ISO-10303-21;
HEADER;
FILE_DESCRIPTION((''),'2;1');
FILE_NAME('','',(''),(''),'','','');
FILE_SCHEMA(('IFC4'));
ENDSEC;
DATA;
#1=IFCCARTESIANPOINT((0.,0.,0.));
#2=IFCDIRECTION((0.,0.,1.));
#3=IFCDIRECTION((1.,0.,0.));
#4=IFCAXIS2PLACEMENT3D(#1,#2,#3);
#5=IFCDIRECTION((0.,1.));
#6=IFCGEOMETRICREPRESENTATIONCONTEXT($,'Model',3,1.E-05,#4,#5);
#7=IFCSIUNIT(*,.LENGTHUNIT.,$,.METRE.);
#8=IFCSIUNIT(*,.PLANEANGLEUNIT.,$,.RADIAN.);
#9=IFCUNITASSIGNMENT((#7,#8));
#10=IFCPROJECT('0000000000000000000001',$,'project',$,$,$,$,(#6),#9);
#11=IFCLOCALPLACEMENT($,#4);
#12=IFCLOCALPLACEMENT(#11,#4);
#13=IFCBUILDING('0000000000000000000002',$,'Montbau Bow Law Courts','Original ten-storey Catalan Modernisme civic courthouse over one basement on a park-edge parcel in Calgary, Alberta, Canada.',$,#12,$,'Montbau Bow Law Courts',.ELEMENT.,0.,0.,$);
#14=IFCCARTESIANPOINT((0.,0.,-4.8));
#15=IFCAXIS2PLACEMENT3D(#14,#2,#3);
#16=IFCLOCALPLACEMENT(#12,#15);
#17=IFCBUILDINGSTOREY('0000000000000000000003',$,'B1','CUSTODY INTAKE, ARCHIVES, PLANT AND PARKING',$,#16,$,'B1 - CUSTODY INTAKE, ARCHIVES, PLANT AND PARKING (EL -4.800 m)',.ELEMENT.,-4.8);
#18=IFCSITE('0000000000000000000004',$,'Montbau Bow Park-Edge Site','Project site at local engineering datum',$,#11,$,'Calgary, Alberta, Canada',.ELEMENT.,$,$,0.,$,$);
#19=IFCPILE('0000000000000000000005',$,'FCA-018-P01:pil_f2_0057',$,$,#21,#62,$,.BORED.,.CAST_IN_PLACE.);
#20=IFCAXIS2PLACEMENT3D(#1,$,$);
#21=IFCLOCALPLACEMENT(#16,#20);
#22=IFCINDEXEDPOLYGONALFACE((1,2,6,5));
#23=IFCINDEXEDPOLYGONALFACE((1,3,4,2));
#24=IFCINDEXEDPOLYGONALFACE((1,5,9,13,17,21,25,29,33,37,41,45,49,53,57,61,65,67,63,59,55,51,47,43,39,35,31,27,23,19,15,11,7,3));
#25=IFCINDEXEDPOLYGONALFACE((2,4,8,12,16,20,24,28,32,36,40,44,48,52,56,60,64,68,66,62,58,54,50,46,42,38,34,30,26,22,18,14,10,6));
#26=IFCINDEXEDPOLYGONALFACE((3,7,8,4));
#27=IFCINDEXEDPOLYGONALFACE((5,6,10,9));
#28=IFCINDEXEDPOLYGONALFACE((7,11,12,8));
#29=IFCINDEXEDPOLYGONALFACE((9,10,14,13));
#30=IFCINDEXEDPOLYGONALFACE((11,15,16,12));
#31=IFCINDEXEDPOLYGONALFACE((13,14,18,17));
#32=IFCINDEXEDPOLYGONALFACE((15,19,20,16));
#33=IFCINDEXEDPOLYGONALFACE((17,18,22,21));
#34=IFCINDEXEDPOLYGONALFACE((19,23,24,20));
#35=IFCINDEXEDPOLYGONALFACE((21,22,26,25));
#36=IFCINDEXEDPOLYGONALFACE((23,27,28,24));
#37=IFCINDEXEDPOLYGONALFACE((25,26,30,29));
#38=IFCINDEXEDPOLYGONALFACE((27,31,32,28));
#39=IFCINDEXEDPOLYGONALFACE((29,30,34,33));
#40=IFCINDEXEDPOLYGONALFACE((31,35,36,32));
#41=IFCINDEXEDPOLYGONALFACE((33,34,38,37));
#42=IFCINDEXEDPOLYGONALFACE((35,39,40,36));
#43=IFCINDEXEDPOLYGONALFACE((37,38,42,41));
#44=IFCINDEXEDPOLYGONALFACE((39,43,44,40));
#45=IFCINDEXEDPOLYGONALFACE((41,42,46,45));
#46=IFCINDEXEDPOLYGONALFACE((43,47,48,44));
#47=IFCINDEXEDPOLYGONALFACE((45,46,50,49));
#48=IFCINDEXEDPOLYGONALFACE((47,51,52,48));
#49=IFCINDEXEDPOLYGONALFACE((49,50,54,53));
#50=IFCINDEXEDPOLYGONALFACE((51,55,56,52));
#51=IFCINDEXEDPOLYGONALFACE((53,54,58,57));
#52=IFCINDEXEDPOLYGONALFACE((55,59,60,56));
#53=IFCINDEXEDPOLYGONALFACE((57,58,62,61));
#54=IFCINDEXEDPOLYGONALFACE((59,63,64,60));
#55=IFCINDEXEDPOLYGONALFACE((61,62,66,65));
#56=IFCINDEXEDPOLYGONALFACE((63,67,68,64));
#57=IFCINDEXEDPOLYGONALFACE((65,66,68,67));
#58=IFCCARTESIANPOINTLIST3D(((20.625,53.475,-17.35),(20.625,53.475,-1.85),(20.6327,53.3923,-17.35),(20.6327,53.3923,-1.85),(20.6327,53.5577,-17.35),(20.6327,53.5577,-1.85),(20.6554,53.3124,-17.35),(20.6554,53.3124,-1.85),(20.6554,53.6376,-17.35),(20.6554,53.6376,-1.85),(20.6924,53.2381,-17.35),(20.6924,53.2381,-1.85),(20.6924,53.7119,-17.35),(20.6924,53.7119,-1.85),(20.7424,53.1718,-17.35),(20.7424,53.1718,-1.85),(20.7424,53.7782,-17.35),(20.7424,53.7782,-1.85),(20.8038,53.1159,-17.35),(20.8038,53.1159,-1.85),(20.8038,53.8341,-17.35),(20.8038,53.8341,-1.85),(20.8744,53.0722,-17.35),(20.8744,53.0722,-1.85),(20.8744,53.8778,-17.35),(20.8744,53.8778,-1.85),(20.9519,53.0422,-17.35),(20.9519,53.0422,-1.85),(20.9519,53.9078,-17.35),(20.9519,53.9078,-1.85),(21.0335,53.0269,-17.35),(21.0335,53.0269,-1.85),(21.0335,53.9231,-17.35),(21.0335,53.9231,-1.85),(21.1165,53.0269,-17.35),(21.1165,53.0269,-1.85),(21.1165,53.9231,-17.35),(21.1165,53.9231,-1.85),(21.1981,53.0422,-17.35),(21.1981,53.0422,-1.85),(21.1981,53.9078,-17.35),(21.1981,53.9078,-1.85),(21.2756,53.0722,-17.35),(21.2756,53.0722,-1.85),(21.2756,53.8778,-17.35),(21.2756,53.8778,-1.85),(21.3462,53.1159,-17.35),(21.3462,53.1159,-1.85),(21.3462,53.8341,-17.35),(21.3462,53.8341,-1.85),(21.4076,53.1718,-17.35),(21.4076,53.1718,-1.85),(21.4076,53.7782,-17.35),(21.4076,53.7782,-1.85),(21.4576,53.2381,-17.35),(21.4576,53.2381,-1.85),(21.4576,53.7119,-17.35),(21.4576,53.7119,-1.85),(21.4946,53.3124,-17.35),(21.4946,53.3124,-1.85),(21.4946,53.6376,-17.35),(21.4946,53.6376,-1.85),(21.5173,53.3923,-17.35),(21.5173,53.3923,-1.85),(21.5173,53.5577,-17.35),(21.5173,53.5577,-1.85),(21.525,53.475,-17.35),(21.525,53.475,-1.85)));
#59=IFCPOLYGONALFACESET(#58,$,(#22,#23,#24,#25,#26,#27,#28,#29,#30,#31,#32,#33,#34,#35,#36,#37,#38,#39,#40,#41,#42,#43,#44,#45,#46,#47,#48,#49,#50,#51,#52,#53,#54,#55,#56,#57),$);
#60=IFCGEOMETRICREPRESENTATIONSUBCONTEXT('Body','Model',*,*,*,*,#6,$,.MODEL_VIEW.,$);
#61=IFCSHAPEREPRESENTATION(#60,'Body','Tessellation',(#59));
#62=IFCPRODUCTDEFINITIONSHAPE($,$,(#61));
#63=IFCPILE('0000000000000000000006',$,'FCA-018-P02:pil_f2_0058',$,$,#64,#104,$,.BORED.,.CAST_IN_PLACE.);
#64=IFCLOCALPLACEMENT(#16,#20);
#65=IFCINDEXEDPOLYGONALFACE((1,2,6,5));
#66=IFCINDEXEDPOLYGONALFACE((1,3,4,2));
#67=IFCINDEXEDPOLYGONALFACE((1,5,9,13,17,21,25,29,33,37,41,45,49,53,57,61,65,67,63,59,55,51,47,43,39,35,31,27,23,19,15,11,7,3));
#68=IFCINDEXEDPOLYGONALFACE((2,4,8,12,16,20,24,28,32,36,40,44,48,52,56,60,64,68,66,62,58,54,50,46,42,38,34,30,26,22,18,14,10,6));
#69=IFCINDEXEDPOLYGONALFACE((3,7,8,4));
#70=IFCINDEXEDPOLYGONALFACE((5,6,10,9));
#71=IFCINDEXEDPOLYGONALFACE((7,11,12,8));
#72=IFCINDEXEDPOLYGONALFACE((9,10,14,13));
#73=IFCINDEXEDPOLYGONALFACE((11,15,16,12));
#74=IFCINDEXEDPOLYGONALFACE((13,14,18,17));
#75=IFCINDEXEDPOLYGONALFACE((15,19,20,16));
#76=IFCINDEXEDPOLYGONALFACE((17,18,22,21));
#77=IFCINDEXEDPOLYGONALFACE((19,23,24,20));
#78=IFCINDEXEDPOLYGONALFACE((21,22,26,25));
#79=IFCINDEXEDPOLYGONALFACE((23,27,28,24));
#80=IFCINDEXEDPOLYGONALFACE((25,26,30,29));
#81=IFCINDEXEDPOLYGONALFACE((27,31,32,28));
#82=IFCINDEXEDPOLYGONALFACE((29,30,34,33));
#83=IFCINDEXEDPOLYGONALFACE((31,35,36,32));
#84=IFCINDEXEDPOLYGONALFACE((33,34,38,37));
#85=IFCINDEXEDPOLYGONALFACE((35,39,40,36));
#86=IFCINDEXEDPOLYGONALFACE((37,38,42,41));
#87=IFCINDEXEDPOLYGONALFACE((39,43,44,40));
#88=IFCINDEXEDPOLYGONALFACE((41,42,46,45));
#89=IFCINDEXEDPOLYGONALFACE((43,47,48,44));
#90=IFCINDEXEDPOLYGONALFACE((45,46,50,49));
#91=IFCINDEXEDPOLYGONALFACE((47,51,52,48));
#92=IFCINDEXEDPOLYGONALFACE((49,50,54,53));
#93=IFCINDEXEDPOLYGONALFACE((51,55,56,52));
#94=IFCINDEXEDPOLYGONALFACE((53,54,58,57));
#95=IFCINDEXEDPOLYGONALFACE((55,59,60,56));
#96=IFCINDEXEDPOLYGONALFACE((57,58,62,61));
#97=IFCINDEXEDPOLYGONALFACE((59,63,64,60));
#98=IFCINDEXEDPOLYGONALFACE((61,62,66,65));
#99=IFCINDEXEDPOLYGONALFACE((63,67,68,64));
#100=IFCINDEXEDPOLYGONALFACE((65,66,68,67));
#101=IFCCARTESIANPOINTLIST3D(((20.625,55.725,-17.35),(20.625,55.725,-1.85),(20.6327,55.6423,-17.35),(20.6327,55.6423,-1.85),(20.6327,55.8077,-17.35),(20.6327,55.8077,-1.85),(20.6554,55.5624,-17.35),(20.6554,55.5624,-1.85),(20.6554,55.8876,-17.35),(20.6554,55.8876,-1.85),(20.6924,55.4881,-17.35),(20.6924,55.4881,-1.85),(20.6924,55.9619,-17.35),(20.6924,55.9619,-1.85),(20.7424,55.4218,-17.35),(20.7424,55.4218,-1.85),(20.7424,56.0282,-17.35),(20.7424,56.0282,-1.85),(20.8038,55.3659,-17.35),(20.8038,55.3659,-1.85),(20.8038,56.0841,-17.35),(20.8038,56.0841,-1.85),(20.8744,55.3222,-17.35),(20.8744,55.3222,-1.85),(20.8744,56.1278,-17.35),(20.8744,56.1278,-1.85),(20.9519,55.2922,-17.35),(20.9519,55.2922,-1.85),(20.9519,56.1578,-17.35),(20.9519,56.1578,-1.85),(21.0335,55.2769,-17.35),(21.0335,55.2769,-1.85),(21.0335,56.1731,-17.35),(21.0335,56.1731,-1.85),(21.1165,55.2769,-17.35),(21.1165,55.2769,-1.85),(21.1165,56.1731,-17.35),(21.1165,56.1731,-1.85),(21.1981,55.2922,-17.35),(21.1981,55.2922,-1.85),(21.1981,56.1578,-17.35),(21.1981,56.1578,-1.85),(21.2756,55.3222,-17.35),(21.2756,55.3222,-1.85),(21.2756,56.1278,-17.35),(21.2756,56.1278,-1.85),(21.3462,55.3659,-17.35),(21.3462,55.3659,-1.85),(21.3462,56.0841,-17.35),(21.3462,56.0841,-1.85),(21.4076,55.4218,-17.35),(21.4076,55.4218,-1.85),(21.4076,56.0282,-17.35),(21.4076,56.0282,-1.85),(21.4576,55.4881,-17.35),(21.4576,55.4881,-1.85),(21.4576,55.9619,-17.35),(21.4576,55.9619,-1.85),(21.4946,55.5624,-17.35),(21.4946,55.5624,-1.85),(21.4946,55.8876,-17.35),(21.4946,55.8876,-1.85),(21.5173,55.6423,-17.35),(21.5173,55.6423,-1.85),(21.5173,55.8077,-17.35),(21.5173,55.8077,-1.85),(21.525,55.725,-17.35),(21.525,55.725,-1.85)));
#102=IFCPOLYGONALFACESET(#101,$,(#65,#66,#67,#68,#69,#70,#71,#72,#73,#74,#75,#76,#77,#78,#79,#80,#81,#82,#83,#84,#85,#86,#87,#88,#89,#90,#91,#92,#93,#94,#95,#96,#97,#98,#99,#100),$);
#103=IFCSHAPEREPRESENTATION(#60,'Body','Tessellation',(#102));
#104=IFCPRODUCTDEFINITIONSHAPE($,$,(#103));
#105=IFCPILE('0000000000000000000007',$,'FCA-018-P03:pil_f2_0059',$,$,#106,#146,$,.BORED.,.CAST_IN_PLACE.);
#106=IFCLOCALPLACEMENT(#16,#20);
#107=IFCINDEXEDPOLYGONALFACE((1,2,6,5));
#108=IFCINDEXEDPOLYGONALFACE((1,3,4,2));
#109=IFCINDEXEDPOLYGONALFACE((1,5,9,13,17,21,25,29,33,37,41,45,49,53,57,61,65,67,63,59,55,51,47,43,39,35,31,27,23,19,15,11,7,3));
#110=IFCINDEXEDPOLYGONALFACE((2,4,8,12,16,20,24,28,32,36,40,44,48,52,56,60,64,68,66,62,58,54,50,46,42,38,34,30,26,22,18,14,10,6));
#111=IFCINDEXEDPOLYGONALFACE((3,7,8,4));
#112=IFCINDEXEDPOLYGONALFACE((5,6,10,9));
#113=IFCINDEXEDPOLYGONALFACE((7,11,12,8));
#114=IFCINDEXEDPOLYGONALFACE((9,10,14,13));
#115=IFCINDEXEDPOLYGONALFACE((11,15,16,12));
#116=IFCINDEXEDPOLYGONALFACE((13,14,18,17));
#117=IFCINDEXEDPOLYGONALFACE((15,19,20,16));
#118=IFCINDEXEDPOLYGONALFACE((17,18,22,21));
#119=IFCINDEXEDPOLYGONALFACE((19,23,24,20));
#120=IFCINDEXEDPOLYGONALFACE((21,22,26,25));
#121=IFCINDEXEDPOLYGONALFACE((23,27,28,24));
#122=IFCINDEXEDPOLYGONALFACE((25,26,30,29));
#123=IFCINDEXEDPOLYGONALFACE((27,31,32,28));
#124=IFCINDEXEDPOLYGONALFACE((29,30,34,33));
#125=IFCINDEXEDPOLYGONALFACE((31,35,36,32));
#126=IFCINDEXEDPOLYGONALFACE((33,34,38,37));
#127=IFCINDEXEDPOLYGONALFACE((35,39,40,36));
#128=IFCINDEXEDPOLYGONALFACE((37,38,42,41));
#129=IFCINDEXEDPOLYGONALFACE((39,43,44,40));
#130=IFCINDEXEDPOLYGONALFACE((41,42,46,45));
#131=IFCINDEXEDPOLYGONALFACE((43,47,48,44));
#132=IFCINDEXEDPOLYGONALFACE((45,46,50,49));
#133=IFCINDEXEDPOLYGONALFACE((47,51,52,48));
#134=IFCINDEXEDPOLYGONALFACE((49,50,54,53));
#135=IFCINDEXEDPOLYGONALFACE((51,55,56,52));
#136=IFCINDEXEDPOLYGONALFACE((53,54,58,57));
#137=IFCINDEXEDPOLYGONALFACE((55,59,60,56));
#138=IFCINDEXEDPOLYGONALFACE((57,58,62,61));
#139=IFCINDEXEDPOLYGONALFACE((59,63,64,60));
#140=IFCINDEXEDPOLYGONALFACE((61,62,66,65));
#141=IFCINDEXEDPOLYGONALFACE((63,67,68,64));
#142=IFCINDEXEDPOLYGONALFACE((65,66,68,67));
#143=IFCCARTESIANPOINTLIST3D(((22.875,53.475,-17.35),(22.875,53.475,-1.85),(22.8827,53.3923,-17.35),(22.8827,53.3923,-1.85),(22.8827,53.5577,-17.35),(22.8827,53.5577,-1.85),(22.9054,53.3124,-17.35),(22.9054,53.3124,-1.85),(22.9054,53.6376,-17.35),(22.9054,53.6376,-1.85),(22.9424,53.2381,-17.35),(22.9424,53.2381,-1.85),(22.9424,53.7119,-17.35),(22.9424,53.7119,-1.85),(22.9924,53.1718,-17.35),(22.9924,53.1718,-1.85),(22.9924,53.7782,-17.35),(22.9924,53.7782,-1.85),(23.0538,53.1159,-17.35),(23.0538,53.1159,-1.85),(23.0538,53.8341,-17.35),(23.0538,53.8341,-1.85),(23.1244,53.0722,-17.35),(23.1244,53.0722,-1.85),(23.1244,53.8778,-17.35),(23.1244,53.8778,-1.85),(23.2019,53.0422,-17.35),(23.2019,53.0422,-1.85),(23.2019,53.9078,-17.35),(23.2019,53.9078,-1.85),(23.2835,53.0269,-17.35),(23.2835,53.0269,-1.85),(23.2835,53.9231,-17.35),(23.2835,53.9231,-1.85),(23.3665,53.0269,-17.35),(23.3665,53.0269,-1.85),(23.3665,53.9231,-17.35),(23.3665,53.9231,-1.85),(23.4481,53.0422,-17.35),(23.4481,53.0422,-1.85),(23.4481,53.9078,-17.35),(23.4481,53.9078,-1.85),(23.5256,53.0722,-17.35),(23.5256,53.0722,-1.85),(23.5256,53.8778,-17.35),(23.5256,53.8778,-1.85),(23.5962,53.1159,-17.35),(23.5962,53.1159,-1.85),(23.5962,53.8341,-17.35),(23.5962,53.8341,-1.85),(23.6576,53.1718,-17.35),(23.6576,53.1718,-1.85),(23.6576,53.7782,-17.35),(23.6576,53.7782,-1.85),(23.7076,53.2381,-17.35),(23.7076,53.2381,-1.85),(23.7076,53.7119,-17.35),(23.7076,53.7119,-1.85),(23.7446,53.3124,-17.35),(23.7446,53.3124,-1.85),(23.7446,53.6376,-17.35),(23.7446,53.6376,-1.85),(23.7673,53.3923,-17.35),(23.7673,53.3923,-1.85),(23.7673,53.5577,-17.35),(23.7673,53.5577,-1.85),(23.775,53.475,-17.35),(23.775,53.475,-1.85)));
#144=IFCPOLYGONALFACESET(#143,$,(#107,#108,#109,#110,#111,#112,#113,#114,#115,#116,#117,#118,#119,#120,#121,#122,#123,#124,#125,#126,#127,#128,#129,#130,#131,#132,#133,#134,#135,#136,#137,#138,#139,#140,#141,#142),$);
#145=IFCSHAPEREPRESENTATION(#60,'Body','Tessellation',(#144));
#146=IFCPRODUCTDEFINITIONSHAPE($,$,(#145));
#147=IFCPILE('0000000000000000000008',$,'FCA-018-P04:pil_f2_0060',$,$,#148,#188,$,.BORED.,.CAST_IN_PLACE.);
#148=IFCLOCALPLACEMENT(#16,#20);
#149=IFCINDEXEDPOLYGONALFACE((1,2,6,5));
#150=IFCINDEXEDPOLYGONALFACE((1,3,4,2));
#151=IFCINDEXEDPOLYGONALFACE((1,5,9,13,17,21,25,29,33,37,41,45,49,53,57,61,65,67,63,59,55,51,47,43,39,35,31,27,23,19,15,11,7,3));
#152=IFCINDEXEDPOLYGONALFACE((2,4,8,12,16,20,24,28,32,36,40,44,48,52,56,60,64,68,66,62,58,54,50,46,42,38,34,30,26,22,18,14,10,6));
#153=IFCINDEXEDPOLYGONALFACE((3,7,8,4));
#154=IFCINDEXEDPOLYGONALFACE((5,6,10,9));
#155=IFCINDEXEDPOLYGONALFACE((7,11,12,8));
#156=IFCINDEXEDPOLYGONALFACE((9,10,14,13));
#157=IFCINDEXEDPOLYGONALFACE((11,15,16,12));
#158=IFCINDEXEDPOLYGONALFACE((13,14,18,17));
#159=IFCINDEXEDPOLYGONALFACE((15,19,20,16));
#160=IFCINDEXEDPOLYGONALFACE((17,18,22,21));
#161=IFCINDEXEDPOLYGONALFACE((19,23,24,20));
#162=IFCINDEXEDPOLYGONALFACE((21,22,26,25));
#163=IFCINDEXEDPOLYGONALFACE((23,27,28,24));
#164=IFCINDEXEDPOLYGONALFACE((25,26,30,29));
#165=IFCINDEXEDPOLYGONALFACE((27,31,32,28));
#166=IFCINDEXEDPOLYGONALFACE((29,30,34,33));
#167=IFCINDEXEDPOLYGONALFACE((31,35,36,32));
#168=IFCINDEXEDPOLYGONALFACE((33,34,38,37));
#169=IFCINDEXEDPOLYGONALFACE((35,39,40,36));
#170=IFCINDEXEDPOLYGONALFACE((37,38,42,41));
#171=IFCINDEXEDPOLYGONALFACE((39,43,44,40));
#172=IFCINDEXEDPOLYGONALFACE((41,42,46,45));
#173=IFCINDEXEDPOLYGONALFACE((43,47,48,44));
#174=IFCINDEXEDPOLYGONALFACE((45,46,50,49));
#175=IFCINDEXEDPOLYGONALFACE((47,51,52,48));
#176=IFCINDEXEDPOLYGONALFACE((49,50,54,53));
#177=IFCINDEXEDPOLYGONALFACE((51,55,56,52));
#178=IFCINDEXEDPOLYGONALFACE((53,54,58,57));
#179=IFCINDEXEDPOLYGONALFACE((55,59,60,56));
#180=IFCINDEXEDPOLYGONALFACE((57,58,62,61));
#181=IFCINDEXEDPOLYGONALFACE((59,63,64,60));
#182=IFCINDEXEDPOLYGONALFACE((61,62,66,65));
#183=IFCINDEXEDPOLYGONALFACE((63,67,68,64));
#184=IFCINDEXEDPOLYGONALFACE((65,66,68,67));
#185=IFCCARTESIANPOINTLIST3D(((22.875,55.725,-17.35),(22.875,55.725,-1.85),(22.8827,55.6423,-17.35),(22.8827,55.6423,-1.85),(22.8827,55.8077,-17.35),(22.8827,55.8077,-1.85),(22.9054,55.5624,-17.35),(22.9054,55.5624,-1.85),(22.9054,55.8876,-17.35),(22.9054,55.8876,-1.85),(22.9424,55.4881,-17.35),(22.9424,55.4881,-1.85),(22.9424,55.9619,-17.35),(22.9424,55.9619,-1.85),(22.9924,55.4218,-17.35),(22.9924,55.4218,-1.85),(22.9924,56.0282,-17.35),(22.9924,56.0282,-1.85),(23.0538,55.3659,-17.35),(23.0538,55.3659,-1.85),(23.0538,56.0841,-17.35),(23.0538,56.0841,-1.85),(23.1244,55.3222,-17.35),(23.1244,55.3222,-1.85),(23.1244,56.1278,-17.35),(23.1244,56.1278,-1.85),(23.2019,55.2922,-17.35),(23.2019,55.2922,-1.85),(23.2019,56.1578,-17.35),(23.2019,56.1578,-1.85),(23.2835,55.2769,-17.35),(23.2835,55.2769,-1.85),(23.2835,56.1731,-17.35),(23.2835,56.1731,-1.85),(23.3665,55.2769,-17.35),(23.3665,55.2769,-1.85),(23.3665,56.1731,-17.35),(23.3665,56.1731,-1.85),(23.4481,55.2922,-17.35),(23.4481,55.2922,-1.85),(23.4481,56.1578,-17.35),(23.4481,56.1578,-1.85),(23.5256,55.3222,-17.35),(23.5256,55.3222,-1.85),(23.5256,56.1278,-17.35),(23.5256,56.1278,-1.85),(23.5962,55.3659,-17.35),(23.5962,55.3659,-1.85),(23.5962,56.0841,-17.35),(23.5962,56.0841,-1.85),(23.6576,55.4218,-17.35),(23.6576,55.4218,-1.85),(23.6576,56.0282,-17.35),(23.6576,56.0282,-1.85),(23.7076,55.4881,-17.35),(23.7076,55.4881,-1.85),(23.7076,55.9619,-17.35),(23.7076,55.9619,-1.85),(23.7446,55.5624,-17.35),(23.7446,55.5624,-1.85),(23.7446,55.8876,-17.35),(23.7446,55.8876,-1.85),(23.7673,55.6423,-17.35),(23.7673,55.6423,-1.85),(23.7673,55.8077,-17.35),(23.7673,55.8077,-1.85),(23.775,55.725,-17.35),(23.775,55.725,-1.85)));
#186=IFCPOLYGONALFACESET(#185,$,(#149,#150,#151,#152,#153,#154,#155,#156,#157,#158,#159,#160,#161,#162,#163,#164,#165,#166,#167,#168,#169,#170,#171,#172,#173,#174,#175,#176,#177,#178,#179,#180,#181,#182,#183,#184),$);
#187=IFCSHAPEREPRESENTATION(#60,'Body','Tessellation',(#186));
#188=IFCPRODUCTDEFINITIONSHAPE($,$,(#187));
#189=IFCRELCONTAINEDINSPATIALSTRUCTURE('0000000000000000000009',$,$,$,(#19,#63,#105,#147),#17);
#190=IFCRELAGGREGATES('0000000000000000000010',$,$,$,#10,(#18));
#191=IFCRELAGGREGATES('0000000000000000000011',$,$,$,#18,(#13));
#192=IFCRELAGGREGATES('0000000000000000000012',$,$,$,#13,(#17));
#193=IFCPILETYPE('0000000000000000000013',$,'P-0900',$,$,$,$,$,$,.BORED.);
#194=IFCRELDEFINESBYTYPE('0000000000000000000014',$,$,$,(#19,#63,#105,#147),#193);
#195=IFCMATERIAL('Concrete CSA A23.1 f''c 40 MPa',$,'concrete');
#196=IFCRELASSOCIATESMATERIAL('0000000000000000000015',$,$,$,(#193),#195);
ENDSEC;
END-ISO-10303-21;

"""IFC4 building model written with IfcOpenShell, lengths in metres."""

from ifc_helpers import new_model, si_unit, direction, frame, origin_with_axes, origin_2d_with_axis, place, context, subcontext, project, spatial, circle, extrude, material, material_profile, profile_set, type_object, element, save


model = new_model("IFC4")

# Units and contexts
model_context = context("Model", 3, precision=1e-05, world=origin_with_axes(), true_north=direction((0.0, 1.0)))
body_context = subcontext(model_context, "Body", "Model", "MODEL_VIEW")
ifc_project = project(units=[si_unit("LENGTHUNIT", "METRE"), si_unit("PLANEANGLEUNIT", "RADIAN")], contexts=[model_context])

# Site, building, storey
site_placement = place(None, origin_with_axes())
site = spatial("IfcSite", under=ifc_project, at=site_placement, Name="Montbau Bow Park-Edge Site", Description="Project site at local engineering datum", LongName="Calgary, Alberta, Canada", CompositionType="ELEMENT", RefElevation=0.0)
building_placement = place(site_placement, origin_with_axes())
building = spatial("IfcBuilding", under=site, at=building_placement, Name="Montbau Bow Law Courts", Description="Original ten-storey Catalan Modernisme civic courthouse over one basement on a park-edge parcel in Calgary, Alberta, Canada.", LongName="Montbau Bow Law Courts", CompositionType="ELEMENT", ElevationOfRefHeight=0.0, ElevationOfTerrain=0.0)
storey_placement = place(building_placement, frame((0.0, 0.0, -4.8), z_axis=(0.0, 0.0, 1.0), x_axis=(1.0, 0.0, 0.0)))
storey = spatial("IfcBuildingStorey", under=building, at=storey_placement, Name="B1", Description="CUSTODY INTAKE, ARCHIVES, PLANT AND PARKING", LongName="B1 - CUSTODY INTAKE, ARCHIVES, PLANT AND PARKING (EL -4.800 m)", CompositionType="ELEMENT", Elevation=-4.8)

# Piles
ifc_material_1 = material(Name="Concrete CSA A23.1 f'c 40 MPa", Category="concrete")
ifc_material_profile_1 = material_profile(ifc_material_1, circle(Radius=0.45, at=origin_2d_with_axis()), Name="BP900", Category="Main", Priority=0)
ifc_profile_set_1 = profile_set([ifc_material_profile_1], Name="Concrete CSA A23.1 f'c 40 MPa")
pile_type_1 = type_object("IfcPileType", Name="P-0900", PredefinedType="BORED", material=ifc_profile_set_1)
for number, where, z_axis, x_axis, name in (
    (1, (21.075, 53.475, -22.15), (0.0, 0.0, 1.0), (1.0, 0.0, 0.0), "FCA-018-P01:pil_f2_0057"),
    (2, (21.075, 55.725, -22.15), (0.0, 0.0, 1.0), (1.0, 0.0, 0.0), "FCA-018-P02:pil_f2_0058"),
    (3, (23.325, 53.475, -22.15), (0.0, 0.0, 1.0), (1.0, 0.0, 0.0), "FCA-018-P03:pil_f2_0059"),
    (4, (23.325, 55.725, -22.15), (0.0, 0.0, 1.0), (1.0, 0.0, 0.0), "FCA-018-P04:pil_f2_0060"),
):
    element("IfcPile", number, at=place(None, frame(where, z_axis=z_axis, x_axis=x_axis)), inside=storey, type_object=pile_type_1, Name=name, ConstructionType="CAST_IN_PLACE", PredefinedType="BORED", context=body_context, shape_type="SweptSolid", body=[
        extrude(circle(Radius=0.45, at=origin_2d_with_axis()), origin_with_axes(), (0.0, 0.0, 1.0), 15.5),
    ])

save(model, "model.ifc")
